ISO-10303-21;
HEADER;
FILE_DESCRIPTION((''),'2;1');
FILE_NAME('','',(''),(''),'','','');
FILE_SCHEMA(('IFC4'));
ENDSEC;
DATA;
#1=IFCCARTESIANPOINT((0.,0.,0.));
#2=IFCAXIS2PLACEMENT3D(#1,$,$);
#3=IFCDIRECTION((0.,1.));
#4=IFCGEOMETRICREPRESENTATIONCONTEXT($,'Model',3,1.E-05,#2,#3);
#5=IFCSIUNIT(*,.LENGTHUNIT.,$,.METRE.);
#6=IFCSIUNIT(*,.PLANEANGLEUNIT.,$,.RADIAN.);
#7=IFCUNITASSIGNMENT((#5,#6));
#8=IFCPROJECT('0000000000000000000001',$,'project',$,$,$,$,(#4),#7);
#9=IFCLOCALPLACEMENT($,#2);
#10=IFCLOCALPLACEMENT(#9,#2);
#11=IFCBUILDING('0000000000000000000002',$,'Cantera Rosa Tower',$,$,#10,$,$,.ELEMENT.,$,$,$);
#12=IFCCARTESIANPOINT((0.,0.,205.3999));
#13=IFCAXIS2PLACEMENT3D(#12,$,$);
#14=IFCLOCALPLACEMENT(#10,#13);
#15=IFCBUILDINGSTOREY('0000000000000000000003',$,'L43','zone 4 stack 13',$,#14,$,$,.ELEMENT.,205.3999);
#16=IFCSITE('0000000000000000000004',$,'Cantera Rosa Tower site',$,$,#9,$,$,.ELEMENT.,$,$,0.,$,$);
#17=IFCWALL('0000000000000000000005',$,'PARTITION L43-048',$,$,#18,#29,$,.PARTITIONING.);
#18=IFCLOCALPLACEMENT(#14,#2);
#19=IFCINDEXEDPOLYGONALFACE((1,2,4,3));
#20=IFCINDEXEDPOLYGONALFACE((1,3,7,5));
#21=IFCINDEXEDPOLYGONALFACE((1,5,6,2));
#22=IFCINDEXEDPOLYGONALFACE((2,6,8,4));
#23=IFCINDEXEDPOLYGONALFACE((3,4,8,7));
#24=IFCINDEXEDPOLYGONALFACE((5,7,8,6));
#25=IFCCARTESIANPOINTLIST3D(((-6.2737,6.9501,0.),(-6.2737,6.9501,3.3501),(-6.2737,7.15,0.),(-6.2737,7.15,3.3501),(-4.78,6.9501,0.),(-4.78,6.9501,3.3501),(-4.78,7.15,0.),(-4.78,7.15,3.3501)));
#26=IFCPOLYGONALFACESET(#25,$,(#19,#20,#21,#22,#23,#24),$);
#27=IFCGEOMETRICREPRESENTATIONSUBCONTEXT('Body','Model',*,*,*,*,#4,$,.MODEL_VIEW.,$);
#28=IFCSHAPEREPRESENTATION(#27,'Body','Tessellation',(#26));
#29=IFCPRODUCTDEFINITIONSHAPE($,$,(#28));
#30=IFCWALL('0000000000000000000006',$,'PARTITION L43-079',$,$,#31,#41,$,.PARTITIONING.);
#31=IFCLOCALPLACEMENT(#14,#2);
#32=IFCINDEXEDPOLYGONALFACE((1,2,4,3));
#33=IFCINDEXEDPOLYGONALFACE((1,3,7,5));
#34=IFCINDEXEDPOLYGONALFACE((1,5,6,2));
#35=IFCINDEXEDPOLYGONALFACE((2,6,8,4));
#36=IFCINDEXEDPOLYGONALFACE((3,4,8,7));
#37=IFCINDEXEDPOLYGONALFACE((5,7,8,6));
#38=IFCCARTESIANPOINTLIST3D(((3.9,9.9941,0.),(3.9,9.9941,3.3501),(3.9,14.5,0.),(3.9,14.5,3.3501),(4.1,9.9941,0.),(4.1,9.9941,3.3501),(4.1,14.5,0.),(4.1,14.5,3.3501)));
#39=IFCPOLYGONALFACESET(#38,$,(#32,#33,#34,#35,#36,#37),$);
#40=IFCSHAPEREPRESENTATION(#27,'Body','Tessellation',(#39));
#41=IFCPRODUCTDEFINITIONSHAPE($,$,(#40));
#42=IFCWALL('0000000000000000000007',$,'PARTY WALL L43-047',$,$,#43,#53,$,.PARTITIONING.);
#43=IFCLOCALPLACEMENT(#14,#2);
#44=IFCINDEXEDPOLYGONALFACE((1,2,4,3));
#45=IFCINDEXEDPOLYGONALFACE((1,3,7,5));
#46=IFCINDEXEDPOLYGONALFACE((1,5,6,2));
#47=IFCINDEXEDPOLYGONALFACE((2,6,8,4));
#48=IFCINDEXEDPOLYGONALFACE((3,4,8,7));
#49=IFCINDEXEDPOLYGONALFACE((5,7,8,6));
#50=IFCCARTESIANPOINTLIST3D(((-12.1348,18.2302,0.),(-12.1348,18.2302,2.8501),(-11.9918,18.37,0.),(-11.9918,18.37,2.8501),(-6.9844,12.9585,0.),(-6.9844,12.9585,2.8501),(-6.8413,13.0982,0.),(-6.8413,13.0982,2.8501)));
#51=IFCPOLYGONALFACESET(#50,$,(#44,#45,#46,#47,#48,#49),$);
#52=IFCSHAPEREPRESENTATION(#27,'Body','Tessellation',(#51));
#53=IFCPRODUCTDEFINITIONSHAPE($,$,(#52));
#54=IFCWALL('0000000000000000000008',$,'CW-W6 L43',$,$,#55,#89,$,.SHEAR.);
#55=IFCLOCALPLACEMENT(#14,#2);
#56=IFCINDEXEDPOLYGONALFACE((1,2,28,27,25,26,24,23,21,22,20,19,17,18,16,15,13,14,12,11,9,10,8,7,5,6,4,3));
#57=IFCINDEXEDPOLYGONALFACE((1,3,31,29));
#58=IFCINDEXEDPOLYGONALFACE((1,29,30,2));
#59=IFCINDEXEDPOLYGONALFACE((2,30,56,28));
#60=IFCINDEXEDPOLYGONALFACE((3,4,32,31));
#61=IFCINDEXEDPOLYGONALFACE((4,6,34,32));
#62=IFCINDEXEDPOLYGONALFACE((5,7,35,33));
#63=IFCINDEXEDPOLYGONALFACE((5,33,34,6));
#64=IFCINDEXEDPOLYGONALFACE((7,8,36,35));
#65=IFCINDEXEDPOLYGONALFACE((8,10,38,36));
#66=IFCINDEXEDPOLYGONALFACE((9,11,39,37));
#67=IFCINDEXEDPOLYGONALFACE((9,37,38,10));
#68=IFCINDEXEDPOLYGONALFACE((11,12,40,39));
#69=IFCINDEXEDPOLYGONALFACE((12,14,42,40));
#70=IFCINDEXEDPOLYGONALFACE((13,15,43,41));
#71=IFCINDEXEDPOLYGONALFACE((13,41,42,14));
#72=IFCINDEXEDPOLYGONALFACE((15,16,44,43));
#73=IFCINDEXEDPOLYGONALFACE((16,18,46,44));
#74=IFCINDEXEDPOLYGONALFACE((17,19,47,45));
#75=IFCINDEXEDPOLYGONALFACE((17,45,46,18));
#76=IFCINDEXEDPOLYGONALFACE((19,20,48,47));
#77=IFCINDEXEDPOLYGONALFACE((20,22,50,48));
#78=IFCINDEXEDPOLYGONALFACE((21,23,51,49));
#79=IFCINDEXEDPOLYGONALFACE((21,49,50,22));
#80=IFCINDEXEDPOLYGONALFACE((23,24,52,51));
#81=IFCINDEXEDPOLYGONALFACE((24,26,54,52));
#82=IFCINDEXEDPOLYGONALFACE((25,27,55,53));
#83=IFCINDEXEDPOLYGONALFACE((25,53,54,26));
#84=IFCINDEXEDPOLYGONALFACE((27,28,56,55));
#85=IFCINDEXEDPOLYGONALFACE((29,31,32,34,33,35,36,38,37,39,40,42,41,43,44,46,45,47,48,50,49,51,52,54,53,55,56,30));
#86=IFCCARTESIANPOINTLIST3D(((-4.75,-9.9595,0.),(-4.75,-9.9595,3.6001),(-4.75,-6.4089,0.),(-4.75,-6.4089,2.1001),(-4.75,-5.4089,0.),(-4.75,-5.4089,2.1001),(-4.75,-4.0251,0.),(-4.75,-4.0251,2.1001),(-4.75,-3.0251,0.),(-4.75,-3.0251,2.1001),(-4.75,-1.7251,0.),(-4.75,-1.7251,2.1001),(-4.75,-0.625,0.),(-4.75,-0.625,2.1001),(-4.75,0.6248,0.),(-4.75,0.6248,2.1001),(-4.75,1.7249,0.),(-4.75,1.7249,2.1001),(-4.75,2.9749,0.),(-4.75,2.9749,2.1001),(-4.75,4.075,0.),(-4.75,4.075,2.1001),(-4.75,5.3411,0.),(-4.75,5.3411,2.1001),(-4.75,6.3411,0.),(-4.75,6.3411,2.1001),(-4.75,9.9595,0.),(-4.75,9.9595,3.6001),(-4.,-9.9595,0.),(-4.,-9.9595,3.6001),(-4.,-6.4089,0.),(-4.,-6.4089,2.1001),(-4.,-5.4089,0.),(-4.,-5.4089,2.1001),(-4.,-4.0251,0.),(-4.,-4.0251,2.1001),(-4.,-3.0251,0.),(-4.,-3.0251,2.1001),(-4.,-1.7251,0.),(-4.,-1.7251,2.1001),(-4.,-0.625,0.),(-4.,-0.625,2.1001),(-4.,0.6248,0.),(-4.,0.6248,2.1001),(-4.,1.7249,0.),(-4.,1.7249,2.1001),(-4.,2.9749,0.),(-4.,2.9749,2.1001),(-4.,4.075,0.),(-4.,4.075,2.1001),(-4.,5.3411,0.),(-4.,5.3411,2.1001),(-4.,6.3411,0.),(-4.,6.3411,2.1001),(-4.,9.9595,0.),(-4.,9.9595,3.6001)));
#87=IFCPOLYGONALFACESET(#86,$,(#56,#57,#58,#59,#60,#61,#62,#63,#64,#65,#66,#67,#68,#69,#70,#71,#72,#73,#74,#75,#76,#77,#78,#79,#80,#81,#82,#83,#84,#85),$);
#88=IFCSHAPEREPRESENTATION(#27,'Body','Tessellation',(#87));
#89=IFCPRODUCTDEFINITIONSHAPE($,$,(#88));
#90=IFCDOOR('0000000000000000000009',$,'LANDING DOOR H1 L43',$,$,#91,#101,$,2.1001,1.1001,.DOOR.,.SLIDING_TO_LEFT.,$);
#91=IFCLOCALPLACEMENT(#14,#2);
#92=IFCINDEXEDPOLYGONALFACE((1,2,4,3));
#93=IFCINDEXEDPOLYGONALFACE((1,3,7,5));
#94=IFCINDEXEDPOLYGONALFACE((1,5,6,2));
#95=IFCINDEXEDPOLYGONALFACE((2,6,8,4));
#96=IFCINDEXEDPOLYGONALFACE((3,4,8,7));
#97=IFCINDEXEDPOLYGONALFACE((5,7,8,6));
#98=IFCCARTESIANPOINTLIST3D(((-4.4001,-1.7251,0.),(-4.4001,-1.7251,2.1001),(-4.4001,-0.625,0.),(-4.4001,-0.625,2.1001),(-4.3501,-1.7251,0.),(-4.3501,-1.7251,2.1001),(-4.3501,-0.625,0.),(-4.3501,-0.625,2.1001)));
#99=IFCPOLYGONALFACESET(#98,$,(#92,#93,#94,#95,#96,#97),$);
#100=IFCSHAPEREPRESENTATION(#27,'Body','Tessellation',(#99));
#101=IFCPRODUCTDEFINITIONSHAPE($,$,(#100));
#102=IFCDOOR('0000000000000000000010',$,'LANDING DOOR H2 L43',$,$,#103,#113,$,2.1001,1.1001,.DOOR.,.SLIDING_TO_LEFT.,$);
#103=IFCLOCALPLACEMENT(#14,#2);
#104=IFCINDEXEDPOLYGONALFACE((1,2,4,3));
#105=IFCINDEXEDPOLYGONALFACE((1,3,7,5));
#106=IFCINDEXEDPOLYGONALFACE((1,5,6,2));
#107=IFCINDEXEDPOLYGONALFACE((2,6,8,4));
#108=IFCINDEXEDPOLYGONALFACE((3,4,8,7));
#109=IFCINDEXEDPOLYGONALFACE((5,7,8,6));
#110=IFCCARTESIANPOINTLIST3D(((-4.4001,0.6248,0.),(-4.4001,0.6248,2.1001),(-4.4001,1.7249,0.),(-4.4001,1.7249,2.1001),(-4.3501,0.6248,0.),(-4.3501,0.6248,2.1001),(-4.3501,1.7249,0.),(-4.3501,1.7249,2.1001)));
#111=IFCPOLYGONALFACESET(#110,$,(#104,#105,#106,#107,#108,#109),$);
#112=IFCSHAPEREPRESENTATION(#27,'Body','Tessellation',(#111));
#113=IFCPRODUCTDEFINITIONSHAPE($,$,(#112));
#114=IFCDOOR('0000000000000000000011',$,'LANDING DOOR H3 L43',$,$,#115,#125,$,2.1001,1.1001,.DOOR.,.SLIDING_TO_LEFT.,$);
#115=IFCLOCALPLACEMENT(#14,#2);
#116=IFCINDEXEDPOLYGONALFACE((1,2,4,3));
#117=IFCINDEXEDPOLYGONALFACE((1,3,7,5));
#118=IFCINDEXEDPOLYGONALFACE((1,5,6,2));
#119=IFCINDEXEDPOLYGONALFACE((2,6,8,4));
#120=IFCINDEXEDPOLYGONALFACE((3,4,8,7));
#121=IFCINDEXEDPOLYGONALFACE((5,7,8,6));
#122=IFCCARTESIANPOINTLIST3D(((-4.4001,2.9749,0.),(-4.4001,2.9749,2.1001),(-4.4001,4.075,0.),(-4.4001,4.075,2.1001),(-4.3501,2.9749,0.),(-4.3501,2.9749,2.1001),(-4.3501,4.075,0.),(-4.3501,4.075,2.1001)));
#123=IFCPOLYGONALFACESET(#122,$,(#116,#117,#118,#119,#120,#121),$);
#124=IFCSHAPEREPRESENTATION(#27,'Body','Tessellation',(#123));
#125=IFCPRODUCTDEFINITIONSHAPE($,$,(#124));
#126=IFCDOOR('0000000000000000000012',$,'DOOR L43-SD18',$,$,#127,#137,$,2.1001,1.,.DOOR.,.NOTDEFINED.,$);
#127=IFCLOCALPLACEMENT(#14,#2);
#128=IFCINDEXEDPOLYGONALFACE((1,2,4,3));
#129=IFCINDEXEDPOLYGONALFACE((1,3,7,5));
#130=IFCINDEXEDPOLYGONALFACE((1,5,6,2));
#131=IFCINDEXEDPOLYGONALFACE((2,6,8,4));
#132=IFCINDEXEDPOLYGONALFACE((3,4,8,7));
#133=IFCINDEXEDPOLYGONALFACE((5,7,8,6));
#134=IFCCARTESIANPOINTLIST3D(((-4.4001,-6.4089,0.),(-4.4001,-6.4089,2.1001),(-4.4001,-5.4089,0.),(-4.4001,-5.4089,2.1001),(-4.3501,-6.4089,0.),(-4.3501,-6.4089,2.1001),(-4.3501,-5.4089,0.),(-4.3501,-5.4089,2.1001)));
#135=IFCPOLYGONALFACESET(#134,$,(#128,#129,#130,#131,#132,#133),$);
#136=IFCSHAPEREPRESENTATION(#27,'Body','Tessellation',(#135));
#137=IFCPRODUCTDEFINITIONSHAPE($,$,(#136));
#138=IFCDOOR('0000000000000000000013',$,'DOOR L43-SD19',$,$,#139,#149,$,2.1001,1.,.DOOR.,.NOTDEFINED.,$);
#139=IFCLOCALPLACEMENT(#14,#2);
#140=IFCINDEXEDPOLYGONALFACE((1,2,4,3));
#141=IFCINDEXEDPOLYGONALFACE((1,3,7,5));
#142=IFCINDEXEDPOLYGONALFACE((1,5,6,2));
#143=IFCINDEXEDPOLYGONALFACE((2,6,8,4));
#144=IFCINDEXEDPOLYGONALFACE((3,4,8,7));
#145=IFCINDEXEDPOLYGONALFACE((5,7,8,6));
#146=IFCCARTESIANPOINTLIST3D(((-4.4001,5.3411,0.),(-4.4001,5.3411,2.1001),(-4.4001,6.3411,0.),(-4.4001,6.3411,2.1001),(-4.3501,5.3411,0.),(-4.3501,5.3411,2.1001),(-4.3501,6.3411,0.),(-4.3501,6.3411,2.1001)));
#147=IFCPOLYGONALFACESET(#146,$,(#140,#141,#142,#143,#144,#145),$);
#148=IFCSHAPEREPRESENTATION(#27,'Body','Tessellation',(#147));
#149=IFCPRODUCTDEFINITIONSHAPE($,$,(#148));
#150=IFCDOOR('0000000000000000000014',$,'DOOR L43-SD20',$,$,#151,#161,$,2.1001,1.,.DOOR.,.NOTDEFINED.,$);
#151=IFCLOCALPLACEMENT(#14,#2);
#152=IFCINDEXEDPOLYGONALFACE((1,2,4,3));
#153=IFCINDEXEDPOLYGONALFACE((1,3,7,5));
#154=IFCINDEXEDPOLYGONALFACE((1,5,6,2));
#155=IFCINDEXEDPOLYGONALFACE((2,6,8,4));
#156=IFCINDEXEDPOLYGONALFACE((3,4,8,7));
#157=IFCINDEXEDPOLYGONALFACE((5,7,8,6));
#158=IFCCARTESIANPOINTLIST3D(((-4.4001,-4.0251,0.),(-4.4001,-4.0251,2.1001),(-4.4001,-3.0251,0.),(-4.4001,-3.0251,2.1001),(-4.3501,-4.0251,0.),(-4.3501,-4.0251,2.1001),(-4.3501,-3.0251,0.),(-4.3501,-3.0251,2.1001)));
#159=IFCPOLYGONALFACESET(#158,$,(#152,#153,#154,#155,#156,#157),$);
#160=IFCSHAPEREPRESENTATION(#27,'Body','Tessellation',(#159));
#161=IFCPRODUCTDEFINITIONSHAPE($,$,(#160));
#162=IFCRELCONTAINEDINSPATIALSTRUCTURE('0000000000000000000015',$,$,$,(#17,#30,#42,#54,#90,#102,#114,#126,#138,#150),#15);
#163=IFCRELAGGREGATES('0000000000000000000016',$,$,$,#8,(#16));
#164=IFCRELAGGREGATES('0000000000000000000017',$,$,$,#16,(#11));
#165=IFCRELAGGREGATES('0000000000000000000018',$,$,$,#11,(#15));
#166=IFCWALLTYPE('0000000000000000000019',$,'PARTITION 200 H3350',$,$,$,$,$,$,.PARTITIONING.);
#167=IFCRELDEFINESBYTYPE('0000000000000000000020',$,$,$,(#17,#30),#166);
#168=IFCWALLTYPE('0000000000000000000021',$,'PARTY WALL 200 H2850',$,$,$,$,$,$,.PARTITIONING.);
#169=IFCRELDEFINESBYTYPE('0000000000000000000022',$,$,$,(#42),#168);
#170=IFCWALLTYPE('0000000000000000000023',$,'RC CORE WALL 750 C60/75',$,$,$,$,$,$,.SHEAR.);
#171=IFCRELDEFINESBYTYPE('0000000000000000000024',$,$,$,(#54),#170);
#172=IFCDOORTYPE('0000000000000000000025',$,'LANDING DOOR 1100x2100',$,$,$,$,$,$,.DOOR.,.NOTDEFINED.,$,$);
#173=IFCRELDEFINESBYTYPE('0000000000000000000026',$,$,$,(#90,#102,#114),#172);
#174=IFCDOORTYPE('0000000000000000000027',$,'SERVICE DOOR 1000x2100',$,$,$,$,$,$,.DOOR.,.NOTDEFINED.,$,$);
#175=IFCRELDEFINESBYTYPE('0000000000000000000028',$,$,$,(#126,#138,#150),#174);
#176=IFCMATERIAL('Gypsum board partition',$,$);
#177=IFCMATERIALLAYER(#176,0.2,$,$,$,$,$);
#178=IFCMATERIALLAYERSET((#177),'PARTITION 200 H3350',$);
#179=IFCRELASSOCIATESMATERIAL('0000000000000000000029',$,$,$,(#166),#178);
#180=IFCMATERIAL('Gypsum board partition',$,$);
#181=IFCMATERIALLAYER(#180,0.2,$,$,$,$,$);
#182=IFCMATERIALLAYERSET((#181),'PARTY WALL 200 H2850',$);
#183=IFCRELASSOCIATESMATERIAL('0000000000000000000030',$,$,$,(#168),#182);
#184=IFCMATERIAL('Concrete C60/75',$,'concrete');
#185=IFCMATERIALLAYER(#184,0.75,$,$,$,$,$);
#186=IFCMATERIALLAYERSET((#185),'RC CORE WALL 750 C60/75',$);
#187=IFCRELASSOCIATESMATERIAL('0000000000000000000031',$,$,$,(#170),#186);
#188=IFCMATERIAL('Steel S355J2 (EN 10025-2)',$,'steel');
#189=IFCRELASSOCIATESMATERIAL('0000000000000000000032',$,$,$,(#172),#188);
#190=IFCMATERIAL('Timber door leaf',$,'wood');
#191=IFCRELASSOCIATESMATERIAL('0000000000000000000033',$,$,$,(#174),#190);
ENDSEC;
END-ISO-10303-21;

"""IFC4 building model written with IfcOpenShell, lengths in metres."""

from ifc_helpers import new_model, si_unit, direction, frame, frame_2d, origin, place, context, subcontext, project, spatial, rectangle, extrude, material, layer, layer_set, type_object, element, fill, save


model = new_model("IFC4")

# Units and contexts
model_context = context("Model", 3, precision=1e-05, world=origin(), true_north=direction((0.0, 1.0)))
body_context = subcontext(model_context, "Body", "Model", "MODEL_VIEW")
ifc_project = project(units=[si_unit("LENGTHUNIT", "METRE"), si_unit("PLANEANGLEUNIT", "RADIAN")], contexts=[model_context])

# Site, building, storey
site_placement = place(None, origin())
site = spatial("IfcSite", under=ifc_project, at=site_placement, Name="Cantera Rosa Tower site", CompositionType="ELEMENT", RefElevation=0.0)
building_placement = place(site_placement, origin())
building = spatial("IfcBuilding", under=site, at=building_placement, Name="Cantera Rosa Tower", CompositionType="ELEMENT")
storey_placement = place(building_placement, frame((0.0, 0.0, 205.3999)))
storey = spatial("IfcBuildingStorey", under=building, at=storey_placement, Name="L43", Description="zone 4 stack 13", CompositionType="ELEMENT", Elevation=205.3999)

# Walls
ifc_material_1 = material(Name="Gypsum board partition")
ifc_layer_1 = layer(ifc_material_1, 0.2)
ifc_layer_set_1 = layer_set([ifc_layer_1], Name="PARTITION 200 H3350")
wall_type_1 = type_object("IfcWallType", Name="PARTITION 200 H3350", PredefinedType="PARTITIONING", material=ifc_layer_set_1)
wall_1_placement = place(storey_placement, frame((-6.2737, 7.05, 0.0), z_axis=(0.0, 0.0, 1.0), x_axis=(1.0, 0.0, 0.0)))
element("IfcWall", 1, at=wall_1_placement, inside=storey, type_object=wall_type_1, Name="PARTITION L43-048", PredefinedType="PARTITIONING", context=body_context, shape_type="SweptSolid", body=[
    extrude(rectangle(XDim=1.4937, YDim=0.2, at=frame_2d((0.7468, 0.0))), origin(), (0.0, 0.0, 1.0), 3.3501),
])
wall_2_placement = place(storey_placement, frame((4.0, 9.9941, 0.0), z_axis=(0.0, 0.0, 1.0), x_axis=(0.0, 1.0, 0.0)))
element("IfcWall", 2, at=wall_2_placement, inside=storey, type_object=wall_type_1, Name="PARTITION L43-079", PredefinedType="PARTITIONING", context=body_context, shape_type="SweptSolid", body=[
    extrude(rectangle(XDim=4.5059, YDim=0.2, at=frame_2d((2.2529, 0.0))), origin(), (0.0, 0.0, 1.0), 3.3501),
])
ifc_material_2 = material(Name="Gypsum board partition")
ifc_layer_2 = layer(ifc_material_2, 0.2)
ifc_layer_set_2 = layer_set([ifc_layer_2], Name="PARTY WALL 200 H2850")
wall_type_2 = type_object("IfcWallType", Name="PARTY WALL 200 H2850", PredefinedType="PARTITIONING", material=ifc_layer_set_2)
wall_3_placement = place(storey_placement, frame((-6.9128, 13.0283, 0.0), z_axis=(0.0, 0.0, 1.0), x_axis=(-0.698827, 0.715291, 0.0)))
element("IfcWall", 3, at=wall_3_placement, inside=storey, type_object=wall_type_2, Name="PARTY WALL L43-047", PredefinedType="PARTITIONING", context=body_context, shape_type="SweptSolid", body=[
    extrude(rectangle(XDim=7.3701, YDim=0.2, at=frame_2d((3.6851, 0.0))), origin(), (0.0, 0.0, 1.0), 2.8501),
])

# Wall, openings, doors
ifc_material_3 = material(Name="Concrete C60/75", Category="concrete")
ifc_layer_3 = layer(ifc_material_3, 0.75)
ifc_layer_set_3 = layer_set([ifc_layer_3], Name="RC CORE WALL 750 C60/75")
wall_type_3 = type_object("IfcWallType", Name="RC CORE WALL 750 C60/75", PredefinedType="SHEAR", material=ifc_layer_set_3)
wall_4_placement = place(storey_placement, frame((-4.375, 9.9595, 0.0), z_axis=(0.0, 0.0, 1.0), x_axis=(0.0, -1.0, 0.0)))
wall_4 = element("IfcWall", 4, at=wall_4_placement, inside=storey, type_object=wall_type_3, Name="CW-W6 L43", PredefinedType="SHEAR", context=body_context, shape_type="SweptSolid", body=[
    extrude(rectangle(XDim=19.9189, YDim=0.75, at=frame_2d((9.9595, 0.0))), origin(), (0.0, 0.0, 1.0), 3.6001),
])
opening_1_placement = place(wall_4_placement, frame((10.5845, 0.0, 0.0)))
opening_1 = element("IfcOpeningElement", 5, at=opening_1_placement, cuts=wall_4, PredefinedType="OPENING", context=body_context, shape_type="SweptSolid", body=[
    extrude(rectangle(XDim=1.1001, YDim=2.1001, at=frame_2d((0.55, 1.05))), frame((0.0, 0.385, 0.0), z_axis=(0.0, -1.0, 0.0), x_axis=(1.0, 0.0, 0.0)), (0.0, 0.0, 1.0), 0.77),
])
opening_2_placement = place(wall_4_placement, frame((8.2346, 0.0, 0.0)))
opening_2 = element("IfcOpeningElement", 6, at=opening_2_placement, cuts=wall_4, PredefinedType="OPENING", context=body_context, shape_type="SweptSolid", body=[
    extrude(rectangle(XDim=1.1001, YDim=2.1001, at=frame_2d((0.55, 1.05))), frame((0.0, 0.385, 0.0), z_axis=(0.0, -1.0, 0.0), x_axis=(1.0, 0.0, 0.0)), (0.0, 0.0, 1.0), 0.77),
])
opening_3_placement = place(wall_4_placement, frame((5.8845, 0.0, 0.0)))
opening_3 = element("IfcOpeningElement", 7, at=opening_3_placement, cuts=wall_4, PredefinedType="OPENING", context=body_context, shape_type="SweptSolid", body=[
    extrude(rectangle(XDim=1.1001, YDim=2.1001, at=frame_2d((0.55, 1.05))), frame((0.0, 0.385, 0.0), z_axis=(0.0, -1.0, 0.0), x_axis=(1.0, 0.0, 0.0)), (0.0, 0.0, 1.0), 0.77),
])
opening_4_placement = place(wall_4_placement, frame((15.3684, 0.0, 0.0)))
opening_4 = element("IfcOpeningElement", 8, at=opening_4_placement, cuts=wall_4, PredefinedType="OPENING", context=body_context, shape_type="SweptSolid", body=[
    extrude(rectangle(XDim=1.0, YDim=2.1001, at=frame_2d((0.5, 1.05))), frame((0.0, 0.385, 0.0), z_axis=(0.0, -1.0, 0.0), x_axis=(1.0, 0.0, 0.0)), (0.0, 0.0, 1.0), 0.77),
])
opening_5_placement = place(wall_4_placement, frame((3.6184, 0.0, 0.0)))
opening_5 = element("IfcOpeningElement", 9, at=opening_5_placement, cuts=wall_4, PredefinedType="OPENING", context=body_context, shape_type="SweptSolid", body=[
    extrude(rectangle(XDim=1.0, YDim=2.1001, at=frame_2d((0.5, 1.05))), frame((0.0, 0.385, 0.0), z_axis=(0.0, -1.0, 0.0), x_axis=(1.0, 0.0, 0.0)), (0.0, 0.0, 1.0), 0.77),
])
opening_6_placement = place(wall_4_placement, frame((12.9846, 0.0, 0.0)))
opening_6 = element("IfcOpeningElement", 10, at=opening_6_placement, cuts=wall_4, PredefinedType="OPENING", context=body_context, shape_type="SweptSolid", body=[
    extrude(rectangle(XDim=1.0, YDim=2.1001, at=frame_2d((0.5, 1.05))), frame((0.0, 0.385, 0.0), z_axis=(0.0, -1.0, 0.0), x_axis=(1.0, 0.0, 0.0)), (0.0, 0.0, 1.0), 0.77),
])
ifc_material_4 = material(Name="Steel S355J2 (EN 10025-2)", Category="steel")
door_type_1 = type_object("IfcDoorType", Name="LANDING DOOR 1100x2100", OperationType="NOTDEFINED", PredefinedType="DOOR", material=ifc_material_4)
door_1_placement = place(opening_1_placement, origin())
door_1 = element("IfcDoor", 11, at=door_1_placement, inside=storey, type_object=door_type_1, Name="LANDING DOOR H1 L43", OperationType="SLIDING_TO_LEFT", OverallHeight=2.1001, OverallWidth=1.1001, PredefinedType="DOOR", context=body_context, shape_type="SweptSolid", body=[
    extrude(rectangle(XDim=1.1001, YDim=2.1001, at=frame_2d((0.55, 1.05))), frame((0.0, 0.0249, 0.0), z_axis=(0.0, -1.0, 0.0), x_axis=(1.0, 0.0, 0.0)), (0.0, 0.0, 1.0), 0.05),
])
fill(opening_1, door_1)
door_2_placement = place(opening_2_placement, origin())
door_2 = element("IfcDoor", 12, at=door_2_placement, inside=storey, type_object=door_type_1, Name="LANDING DOOR H2 L43", OperationType="SLIDING_TO_LEFT", OverallHeight=2.1001, OverallWidth=1.1001, PredefinedType="DOOR", context=body_context, shape_type="SweptSolid", body=[
    extrude(rectangle(XDim=1.1001, YDim=2.1001, at=frame_2d((0.55, 1.05))), frame((0.0, 0.0249, 0.0), z_axis=(0.0, -1.0, 0.0), x_axis=(1.0, 0.0, 0.0)), (0.0, 0.0, 1.0), 0.05),
])
fill(opening_2, door_2)
door_3_placement = place(opening_3_placement, origin())
door_3 = element("IfcDoor", 13, at=door_3_placement, inside=storey, type_object=door_type_1, Name="LANDING DOOR H3 L43", OperationType="SLIDING_TO_LEFT", OverallHeight=2.1001, OverallWidth=1.1001, PredefinedType="DOOR", context=body_context, shape_type="SweptSolid", body=[
    extrude(rectangle(XDim=1.1001, YDim=2.1001, at=frame_2d((0.55, 1.05))), frame((0.0, 0.0249, 0.0), z_axis=(0.0, -1.0, 0.0), x_axis=(1.0, 0.0, 0.0)), (0.0, 0.0, 1.0), 0.05),
])
fill(opening_3, door_3)
ifc_material_5 = material(Name="Timber door leaf", Category="wood")
door_type_2 = type_object("IfcDoorType", Name="SERVICE DOOR 1000x2100", OperationType="NOTDEFINED", PredefinedType="DOOR", material=ifc_material_5)
door_4_placement = place(opening_4_placement, origin())
door_4 = element("IfcDoor", 14, at=door_4_placement, inside=storey, type_object=door_type_2, Name="DOOR L43-SD18", OperationType="NOTDEFINED", OverallHeight=2.1001, OverallWidth=1.0, PredefinedType="DOOR", context=body_context, shape_type="SweptSolid", body=[
    extrude(rectangle(XDim=1.0, YDim=2.1001, at=frame_2d((0.5, 1.05))), frame((0.0, 0.0249, 0.0), z_axis=(0.0, -1.0, 0.0), x_axis=(1.0, 0.0, 0.0)), (0.0, 0.0, 1.0), 0.05),
])
fill(opening_4, door_4)
door_5_placement = place(opening_5_placement, origin())
door_5 = element("IfcDoor", 15, at=door_5_placement, inside=storey, type_object=door_type_2, Name="DOOR L43-SD19", OperationType="NOTDEFINED", OverallHeight=2.1001, OverallWidth=1.0, PredefinedType="DOOR", context=body_context, shape_type="SweptSolid", body=[
    extrude(rectangle(XDim=1.0, YDim=2.1001, at=frame_2d((0.5, 1.05))), frame((0.0, 0.0249, 0.0), z_axis=(0.0, -1.0, 0.0), x_axis=(1.0, 0.0, 0.0)), (0.0, 0.0, 1.0), 0.05),
])
fill(opening_5, door_5)
door_6_placement = place(opening_6_placement, origin())
door_6 = element("IfcDoor", 16, at=door_6_placement, inside=storey, type_object=door_type_2, Name="DOOR L43-SD20", OperationType="NOTDEFINED", OverallHeight=2.1001, OverallWidth=1.0, PredefinedType="DOOR", context=body_context, shape_type="SweptSolid", body=[
    extrude(rectangle(XDim=1.0, YDim=2.1001, at=frame_2d((0.5, 1.05))), frame((0.0, 0.0249, 0.0), z_axis=(0.0, -1.0, 0.0), x_axis=(1.0, 0.0, 0.0)), (0.0, 0.0, 1.0), 0.05),
])
fill(opening_6, door_6)

save(model, "model.ifc")
